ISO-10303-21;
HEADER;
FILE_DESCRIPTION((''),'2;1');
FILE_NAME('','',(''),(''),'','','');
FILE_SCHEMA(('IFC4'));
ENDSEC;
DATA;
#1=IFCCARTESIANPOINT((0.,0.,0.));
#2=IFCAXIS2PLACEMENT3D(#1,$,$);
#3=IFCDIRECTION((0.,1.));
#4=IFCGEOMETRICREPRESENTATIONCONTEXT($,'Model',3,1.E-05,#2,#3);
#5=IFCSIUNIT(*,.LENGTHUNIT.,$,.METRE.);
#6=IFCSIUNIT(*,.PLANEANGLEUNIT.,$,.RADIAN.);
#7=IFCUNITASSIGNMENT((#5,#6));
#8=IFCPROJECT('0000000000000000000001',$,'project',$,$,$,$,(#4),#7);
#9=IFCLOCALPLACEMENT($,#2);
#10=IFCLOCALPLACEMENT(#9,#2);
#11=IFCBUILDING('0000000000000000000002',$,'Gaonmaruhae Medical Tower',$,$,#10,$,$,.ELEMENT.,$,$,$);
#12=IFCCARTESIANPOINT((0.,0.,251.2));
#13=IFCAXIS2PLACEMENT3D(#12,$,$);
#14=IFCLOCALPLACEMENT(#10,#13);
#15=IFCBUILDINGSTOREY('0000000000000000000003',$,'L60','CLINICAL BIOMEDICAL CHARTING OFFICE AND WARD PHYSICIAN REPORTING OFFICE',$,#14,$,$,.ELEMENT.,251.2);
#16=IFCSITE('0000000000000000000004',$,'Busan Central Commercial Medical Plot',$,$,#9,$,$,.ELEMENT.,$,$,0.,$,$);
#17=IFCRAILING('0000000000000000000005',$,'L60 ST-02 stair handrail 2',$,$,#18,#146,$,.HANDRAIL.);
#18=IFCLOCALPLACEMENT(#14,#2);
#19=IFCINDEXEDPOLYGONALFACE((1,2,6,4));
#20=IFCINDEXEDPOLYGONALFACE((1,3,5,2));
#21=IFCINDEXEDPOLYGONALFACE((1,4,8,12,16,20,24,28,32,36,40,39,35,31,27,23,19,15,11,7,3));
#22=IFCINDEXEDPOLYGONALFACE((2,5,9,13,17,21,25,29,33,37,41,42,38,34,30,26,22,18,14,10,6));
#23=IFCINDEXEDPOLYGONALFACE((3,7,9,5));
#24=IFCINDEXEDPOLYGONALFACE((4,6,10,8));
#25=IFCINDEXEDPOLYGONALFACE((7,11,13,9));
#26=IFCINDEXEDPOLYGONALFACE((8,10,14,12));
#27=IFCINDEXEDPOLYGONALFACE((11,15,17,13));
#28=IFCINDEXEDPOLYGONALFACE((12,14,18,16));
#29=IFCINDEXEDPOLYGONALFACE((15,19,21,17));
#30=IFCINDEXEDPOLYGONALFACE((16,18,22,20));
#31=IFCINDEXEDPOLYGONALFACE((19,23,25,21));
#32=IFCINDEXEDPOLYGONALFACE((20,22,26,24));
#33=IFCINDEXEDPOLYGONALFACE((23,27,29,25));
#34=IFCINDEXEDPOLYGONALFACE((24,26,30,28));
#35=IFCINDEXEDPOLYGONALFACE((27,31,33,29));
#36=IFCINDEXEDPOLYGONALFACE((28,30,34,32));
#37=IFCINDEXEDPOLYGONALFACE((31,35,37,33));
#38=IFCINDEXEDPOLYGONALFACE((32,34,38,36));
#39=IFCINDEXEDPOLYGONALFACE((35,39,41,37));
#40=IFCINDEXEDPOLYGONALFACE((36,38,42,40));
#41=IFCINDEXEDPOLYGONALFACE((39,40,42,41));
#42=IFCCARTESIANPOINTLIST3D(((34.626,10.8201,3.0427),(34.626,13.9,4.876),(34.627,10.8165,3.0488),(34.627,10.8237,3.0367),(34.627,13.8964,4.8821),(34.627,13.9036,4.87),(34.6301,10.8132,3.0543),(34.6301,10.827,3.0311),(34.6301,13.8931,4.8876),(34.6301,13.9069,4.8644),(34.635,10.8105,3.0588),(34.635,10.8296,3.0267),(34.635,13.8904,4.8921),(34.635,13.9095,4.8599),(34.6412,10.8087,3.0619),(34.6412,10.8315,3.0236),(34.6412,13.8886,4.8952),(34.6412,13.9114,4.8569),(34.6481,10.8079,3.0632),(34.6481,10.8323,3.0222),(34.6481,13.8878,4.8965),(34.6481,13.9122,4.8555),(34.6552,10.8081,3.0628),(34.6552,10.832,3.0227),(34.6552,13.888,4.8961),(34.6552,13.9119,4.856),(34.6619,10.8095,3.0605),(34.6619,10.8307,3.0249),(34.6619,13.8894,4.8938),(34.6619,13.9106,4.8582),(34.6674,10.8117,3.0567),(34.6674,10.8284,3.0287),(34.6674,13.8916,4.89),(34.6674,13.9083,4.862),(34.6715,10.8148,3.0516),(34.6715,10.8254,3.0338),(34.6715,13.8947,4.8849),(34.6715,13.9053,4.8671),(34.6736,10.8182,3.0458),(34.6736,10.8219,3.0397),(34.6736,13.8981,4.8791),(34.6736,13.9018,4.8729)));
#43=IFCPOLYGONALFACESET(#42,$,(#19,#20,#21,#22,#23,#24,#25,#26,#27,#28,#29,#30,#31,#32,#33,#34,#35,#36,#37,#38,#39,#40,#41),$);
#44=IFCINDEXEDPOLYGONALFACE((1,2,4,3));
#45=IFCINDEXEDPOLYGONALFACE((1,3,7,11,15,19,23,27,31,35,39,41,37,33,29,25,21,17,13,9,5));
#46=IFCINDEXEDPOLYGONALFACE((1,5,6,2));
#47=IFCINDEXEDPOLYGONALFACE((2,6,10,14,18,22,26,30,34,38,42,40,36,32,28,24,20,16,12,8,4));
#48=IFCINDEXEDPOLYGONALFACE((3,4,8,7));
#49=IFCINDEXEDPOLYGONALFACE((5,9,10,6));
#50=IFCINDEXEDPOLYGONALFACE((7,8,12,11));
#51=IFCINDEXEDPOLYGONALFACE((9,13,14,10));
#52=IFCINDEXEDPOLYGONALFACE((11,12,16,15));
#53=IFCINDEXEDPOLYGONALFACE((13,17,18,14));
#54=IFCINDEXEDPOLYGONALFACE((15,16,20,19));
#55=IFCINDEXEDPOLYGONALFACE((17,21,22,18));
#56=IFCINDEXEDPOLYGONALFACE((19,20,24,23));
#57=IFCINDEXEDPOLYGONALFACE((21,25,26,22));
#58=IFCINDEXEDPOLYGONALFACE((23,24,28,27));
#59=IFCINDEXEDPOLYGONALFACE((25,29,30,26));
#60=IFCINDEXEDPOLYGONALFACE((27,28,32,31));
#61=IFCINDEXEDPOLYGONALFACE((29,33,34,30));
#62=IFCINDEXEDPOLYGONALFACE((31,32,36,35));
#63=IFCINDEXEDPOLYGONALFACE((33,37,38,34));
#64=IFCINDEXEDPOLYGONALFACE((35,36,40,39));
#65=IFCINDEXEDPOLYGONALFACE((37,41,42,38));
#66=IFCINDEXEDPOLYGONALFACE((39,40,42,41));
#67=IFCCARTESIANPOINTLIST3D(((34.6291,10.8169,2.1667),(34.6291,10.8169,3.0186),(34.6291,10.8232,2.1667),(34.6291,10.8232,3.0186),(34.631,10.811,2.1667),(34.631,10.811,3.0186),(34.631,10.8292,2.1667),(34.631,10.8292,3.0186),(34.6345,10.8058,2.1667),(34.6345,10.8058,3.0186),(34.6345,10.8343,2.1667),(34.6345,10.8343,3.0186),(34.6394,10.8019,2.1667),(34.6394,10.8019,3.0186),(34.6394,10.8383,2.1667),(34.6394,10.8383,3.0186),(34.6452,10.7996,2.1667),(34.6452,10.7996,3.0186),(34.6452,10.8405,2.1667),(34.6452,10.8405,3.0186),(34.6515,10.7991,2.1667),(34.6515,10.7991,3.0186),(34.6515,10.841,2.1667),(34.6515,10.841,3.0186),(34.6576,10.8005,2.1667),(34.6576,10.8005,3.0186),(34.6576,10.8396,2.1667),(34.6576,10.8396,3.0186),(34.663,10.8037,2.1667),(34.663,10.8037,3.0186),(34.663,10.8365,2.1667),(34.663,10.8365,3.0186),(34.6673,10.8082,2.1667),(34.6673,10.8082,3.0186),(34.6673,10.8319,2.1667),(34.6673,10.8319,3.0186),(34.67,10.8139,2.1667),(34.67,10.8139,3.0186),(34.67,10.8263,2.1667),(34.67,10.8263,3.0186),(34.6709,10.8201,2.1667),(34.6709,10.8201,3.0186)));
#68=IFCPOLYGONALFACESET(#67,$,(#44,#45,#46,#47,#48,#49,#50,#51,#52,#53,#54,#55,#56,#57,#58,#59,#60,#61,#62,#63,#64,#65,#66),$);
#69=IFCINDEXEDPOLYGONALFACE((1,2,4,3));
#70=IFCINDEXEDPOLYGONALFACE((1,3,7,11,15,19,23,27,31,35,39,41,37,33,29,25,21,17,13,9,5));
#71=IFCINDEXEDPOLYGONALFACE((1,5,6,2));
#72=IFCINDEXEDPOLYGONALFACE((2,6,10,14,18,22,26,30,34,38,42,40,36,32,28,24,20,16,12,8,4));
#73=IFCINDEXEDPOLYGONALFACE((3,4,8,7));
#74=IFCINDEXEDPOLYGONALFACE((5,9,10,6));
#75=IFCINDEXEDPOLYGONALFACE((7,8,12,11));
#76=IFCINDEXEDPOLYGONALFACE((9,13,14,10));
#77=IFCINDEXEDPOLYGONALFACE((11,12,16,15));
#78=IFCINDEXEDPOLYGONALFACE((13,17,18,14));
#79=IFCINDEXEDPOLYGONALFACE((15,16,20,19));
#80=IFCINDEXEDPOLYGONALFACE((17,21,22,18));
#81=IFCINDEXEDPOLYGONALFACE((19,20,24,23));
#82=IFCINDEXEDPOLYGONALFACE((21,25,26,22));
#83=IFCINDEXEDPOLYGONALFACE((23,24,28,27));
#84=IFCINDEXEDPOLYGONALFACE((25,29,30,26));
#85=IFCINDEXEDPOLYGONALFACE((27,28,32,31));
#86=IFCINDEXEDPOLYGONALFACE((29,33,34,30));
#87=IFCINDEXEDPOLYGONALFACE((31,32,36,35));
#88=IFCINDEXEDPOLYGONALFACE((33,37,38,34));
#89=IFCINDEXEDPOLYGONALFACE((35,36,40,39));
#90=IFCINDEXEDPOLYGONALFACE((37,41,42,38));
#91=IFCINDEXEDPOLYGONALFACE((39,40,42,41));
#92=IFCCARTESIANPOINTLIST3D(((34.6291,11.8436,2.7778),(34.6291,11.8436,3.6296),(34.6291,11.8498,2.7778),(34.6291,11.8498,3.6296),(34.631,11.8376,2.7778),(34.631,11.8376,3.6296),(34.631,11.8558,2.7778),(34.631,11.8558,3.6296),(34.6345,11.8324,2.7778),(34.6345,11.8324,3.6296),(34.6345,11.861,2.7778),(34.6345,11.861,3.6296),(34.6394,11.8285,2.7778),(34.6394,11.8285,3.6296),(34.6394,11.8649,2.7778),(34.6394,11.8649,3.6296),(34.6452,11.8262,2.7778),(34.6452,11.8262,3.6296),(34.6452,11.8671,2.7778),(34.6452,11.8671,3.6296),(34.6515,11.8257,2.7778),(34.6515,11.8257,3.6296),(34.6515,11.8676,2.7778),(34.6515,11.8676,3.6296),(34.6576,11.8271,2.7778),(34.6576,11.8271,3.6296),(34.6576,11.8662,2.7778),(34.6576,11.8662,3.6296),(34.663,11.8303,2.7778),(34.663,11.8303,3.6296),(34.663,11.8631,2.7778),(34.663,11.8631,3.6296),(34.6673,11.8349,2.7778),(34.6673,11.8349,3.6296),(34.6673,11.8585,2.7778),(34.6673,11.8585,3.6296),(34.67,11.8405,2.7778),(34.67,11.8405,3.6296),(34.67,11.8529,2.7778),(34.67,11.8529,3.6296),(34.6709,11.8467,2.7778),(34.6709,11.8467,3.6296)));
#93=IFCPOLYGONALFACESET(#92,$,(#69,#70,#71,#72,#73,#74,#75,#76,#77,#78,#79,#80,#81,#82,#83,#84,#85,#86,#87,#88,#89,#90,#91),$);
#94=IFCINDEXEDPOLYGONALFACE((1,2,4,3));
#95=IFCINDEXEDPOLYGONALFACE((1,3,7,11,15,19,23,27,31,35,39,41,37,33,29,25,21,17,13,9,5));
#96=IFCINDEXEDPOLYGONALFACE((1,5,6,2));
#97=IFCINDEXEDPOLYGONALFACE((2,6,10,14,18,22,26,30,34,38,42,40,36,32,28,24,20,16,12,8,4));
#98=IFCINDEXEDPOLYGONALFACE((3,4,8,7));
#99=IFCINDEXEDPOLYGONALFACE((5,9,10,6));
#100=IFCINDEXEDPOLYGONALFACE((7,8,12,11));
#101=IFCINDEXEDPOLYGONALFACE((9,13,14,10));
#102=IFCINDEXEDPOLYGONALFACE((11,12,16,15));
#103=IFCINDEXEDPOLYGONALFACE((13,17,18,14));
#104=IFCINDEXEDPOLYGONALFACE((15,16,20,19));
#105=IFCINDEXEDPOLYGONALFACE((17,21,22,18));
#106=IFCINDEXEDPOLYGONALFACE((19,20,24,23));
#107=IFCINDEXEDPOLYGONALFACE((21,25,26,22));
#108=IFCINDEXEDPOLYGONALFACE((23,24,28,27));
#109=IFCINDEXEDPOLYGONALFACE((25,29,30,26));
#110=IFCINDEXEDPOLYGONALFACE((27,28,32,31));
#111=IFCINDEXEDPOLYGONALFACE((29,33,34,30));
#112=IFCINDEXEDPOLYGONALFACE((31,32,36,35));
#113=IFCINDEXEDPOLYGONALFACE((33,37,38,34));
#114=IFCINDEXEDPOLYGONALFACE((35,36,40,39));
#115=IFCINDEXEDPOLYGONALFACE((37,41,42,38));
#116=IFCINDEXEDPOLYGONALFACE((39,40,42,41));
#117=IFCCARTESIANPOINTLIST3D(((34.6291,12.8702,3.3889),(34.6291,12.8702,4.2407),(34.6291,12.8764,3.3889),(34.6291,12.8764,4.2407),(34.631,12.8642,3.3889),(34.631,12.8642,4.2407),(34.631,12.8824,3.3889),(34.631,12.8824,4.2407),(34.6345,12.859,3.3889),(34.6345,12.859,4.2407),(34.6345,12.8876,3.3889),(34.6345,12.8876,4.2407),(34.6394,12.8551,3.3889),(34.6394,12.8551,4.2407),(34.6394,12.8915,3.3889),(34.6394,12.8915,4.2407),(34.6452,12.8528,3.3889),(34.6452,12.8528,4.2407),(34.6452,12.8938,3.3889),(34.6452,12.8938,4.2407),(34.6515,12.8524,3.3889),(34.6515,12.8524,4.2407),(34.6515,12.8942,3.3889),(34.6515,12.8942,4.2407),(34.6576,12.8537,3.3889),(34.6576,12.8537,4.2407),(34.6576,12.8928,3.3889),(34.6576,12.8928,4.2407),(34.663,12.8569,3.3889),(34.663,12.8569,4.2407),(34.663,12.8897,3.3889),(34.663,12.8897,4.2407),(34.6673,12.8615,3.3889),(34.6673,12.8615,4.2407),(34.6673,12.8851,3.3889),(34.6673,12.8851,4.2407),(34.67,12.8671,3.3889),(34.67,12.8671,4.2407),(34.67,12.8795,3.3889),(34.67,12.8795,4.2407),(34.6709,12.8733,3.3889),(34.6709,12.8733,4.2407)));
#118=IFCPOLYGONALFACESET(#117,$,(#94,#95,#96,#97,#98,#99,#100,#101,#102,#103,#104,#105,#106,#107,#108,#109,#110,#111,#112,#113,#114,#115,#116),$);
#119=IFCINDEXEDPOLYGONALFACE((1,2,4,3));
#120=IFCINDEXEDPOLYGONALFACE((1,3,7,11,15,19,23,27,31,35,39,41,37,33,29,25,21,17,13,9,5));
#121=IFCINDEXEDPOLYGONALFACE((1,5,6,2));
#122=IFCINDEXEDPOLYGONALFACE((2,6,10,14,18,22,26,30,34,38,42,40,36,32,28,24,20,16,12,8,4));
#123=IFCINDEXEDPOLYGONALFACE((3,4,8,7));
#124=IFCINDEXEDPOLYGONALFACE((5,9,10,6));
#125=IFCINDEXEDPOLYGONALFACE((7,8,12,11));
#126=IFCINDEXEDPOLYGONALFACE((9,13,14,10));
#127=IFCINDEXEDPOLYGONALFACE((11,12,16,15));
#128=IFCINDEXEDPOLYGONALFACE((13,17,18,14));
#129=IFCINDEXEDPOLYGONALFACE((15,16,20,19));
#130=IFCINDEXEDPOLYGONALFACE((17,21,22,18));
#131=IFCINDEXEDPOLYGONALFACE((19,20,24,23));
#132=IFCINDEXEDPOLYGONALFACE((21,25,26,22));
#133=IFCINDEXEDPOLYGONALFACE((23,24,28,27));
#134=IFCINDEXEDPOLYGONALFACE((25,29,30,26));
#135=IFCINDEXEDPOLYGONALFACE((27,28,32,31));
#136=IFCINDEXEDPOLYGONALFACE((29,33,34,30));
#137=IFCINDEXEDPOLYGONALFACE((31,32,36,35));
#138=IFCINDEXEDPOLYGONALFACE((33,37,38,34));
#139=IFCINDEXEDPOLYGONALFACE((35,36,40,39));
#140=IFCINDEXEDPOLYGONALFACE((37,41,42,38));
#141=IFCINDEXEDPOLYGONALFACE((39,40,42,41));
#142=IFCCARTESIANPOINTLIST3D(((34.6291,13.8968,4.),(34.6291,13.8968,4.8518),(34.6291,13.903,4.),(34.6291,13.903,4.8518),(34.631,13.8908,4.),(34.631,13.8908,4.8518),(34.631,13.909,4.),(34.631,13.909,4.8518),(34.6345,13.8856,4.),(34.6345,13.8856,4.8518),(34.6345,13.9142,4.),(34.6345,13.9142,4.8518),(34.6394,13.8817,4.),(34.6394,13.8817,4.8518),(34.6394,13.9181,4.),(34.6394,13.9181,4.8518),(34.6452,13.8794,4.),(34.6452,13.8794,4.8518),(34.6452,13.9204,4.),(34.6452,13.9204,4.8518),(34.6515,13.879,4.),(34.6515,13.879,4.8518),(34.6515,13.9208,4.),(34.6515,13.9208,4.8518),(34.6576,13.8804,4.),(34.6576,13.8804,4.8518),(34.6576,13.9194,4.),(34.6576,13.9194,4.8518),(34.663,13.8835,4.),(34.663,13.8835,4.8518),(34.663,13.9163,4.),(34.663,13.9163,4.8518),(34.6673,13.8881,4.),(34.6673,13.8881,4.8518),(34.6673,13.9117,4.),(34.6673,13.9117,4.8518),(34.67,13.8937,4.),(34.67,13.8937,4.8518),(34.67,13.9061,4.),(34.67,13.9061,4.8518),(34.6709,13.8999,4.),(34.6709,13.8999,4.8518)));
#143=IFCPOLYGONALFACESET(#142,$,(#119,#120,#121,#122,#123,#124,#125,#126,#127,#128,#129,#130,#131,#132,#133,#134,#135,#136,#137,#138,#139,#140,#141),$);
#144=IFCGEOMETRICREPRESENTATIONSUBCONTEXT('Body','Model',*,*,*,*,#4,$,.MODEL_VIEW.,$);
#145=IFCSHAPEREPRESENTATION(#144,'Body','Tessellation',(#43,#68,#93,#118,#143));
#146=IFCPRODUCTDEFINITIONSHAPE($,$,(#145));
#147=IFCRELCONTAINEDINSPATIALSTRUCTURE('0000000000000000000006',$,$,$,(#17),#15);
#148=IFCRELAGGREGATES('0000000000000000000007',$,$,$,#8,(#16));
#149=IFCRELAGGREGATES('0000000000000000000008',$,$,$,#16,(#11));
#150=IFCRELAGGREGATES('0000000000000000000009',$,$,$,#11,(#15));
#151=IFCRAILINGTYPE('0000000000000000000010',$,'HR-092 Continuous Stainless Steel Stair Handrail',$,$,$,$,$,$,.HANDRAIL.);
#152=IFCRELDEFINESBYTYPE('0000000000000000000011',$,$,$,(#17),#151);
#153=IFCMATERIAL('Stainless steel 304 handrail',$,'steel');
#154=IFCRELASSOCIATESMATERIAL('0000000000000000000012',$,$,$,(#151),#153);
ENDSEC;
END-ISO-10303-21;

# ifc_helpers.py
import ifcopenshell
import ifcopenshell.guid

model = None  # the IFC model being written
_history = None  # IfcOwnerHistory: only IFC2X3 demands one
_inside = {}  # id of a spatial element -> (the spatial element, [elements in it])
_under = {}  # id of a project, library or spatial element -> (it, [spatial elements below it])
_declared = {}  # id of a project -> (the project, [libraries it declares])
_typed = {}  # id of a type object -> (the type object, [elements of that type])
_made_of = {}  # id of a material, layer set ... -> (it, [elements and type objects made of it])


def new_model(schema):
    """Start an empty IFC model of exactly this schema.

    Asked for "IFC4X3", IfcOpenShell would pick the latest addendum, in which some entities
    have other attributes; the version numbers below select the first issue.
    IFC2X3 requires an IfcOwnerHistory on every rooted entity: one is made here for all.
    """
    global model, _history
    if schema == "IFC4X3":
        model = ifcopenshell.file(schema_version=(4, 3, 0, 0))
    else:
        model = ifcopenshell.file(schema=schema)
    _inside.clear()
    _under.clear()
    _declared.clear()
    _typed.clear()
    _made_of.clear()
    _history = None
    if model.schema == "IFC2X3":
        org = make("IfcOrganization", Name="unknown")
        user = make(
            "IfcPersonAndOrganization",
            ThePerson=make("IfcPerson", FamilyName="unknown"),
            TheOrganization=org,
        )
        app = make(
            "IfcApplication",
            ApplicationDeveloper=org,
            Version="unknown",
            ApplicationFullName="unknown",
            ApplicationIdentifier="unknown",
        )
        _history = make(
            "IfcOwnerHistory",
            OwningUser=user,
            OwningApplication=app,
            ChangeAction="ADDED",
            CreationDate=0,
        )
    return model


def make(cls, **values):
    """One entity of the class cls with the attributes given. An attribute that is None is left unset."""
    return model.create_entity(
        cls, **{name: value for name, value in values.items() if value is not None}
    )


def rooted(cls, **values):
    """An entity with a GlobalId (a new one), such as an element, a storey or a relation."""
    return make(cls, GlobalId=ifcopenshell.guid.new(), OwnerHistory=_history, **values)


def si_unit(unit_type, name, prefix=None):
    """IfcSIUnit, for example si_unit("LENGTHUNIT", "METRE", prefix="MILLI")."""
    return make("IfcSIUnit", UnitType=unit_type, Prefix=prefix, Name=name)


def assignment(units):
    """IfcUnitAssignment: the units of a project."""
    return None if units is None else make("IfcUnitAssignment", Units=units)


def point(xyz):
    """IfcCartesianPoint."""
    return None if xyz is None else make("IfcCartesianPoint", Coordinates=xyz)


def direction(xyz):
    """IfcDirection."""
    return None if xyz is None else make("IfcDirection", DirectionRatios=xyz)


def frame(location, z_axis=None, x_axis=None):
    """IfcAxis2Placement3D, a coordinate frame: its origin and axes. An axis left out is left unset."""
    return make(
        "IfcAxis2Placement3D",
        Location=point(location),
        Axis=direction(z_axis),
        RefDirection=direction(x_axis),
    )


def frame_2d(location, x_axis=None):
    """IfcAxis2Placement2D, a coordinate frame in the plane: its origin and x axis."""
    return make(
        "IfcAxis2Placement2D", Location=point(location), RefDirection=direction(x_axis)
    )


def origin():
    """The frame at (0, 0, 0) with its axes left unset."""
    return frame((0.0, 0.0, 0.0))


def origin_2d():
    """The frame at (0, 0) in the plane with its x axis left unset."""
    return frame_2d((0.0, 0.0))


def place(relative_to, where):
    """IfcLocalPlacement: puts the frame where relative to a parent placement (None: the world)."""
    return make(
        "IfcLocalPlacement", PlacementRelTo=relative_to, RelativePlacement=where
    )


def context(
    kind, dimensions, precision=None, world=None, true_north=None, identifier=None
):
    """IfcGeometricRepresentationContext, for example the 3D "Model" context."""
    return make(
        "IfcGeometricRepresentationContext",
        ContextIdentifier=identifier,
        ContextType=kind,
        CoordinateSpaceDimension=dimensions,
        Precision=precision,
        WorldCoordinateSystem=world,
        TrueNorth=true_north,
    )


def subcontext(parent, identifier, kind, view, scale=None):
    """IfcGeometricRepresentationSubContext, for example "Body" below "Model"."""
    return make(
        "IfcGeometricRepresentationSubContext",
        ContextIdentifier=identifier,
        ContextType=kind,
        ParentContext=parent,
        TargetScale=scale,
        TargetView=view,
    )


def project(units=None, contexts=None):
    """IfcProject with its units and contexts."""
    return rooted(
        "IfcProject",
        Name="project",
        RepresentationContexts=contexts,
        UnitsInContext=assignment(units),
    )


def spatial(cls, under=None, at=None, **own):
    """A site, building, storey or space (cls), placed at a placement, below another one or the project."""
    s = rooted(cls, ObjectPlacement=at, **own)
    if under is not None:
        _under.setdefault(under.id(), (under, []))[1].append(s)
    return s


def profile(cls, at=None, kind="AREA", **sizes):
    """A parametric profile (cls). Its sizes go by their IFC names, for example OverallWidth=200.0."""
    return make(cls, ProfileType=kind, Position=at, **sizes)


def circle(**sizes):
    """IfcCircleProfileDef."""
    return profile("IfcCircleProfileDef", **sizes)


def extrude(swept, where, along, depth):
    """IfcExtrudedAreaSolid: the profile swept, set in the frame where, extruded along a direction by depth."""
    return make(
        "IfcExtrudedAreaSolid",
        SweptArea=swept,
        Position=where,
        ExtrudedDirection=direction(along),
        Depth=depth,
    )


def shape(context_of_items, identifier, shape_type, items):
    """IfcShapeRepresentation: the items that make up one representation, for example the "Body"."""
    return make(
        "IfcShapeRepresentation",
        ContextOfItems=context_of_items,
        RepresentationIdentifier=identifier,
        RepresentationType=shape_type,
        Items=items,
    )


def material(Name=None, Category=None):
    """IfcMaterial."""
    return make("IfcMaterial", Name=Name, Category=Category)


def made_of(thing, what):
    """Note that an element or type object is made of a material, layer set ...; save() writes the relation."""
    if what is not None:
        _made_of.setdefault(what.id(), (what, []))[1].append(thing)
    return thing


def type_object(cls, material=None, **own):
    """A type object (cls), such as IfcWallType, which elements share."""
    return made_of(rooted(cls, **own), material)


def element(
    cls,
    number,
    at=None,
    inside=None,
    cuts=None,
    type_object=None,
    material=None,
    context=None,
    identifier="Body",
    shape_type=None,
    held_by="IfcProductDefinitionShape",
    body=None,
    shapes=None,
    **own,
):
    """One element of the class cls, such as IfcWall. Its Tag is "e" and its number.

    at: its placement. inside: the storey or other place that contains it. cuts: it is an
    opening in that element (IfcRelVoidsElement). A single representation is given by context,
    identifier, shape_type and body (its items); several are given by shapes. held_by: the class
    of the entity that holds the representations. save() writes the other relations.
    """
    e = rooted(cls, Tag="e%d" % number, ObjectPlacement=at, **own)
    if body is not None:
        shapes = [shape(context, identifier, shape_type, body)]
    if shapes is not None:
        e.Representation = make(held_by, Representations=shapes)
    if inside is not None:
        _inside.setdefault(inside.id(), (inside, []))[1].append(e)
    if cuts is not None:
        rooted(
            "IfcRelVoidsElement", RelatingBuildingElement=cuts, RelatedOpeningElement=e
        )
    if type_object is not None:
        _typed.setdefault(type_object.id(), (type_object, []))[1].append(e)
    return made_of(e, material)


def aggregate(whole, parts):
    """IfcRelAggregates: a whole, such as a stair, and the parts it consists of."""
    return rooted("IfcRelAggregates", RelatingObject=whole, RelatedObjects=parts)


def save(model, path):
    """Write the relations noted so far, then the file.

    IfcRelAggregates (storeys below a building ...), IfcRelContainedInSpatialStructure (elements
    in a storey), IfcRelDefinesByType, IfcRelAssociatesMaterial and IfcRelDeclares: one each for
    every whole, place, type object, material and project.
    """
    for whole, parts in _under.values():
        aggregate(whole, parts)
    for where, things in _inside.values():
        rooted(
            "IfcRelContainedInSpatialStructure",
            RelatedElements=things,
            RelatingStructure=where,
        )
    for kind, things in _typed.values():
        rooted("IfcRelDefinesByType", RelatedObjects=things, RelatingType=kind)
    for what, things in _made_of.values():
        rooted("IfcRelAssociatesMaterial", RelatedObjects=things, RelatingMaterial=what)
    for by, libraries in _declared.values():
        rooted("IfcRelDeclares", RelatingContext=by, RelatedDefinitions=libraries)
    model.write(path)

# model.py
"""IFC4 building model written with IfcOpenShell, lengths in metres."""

from ifc_helpers import new_model, si_unit, direction, frame, origin, origin_2d, place, context, subcontext, project, spatial, circle, extrude, material, type_object, element, save


model = new_model("IFC4")

# Units and contexts
model_context = context("Model", 3, precision=1e-05, world=origin(), true_north=direction((0.0, 1.0)))
body_context = subcontext(model_context, "Body", "Model", "MODEL_VIEW")
ifc_project = project(units=[si_unit("LENGTHUNIT", "METRE"), si_unit("PLANEANGLEUNIT", "RADIAN")], contexts=[model_context])

# Site, building, storey
site_placement = place(None, origin())
site = spatial("IfcSite", under=ifc_project, at=site_placement, Name="Busan Central Commercial Medical Plot", CompositionType="ELEMENT", RefElevation=0.0)
building_placement = place(site_placement, origin())
building = spatial("IfcBuilding", under=site, at=building_placement, Name="Gaonmaruhae Medical Tower", CompositionType="ELEMENT")
storey_placement = place(building_placement, frame((0.0, 0.0, 251.2)))
storey = spatial("IfcBuildingStorey", under=building, at=storey_placement, Name="L60", Description="CLINICAL BIOMEDICAL CHARTING OFFICE AND WARD PHYSICIAN REPORTING OFFICE", CompositionType="ELEMENT", Elevation=251.2)

# Railing
ifc_material_1 = material(Name="Stainless steel 304 handrail", Category="steel")
railing_type_1 = type_object("IfcRailingType", Name="HR-092 Continuous Stainless Steel Stair Handrail", PredefinedType="HANDRAIL", material=ifc_material_1)
railing_1_placement = place(storey_placement, frame((34.6499, 10.8201, 2.1667)))
element("IfcRailing", 1, at=railing_1_placement, inside=storey, type_object=railing_type_1, Name="L60 ST-02 stair handrail 2", PredefinedType="HANDRAIL", context=body_context, shape_type="SweptSolid", body=[
    extrude(circle(Radius=0.0239, at=origin_2d()), frame((0.0, 0.0, 0.876), z_axis=(0.0, 0.859291, 0.511487), x_axis=(-1.0, 0.0, 0.0)), (0.0, 0.0, 1.0), 3.5842),
    extrude(circle(Radius=0.021, at=origin_2d()), origin(), (0.0, 0.0, 1.0), 0.8518),
    extrude(circle(Radius=0.021, at=origin_2d()), frame((0.0, 1.0266, 0.6111)), (0.0, 0.0, 1.0), 0.8518),
    extrude(circle(Radius=0.021, at=origin_2d()), frame((0.0, 2.0532, 1.2222)), (0.0, 0.0, 1.0), 0.8518),
    extrude(circle(Radius=0.021, at=origin_2d()), frame((0.0, 3.0798, 1.8333)), (0.0, 0.0, 1.0), 0.8518),
])

save(model, "model.ifc")
